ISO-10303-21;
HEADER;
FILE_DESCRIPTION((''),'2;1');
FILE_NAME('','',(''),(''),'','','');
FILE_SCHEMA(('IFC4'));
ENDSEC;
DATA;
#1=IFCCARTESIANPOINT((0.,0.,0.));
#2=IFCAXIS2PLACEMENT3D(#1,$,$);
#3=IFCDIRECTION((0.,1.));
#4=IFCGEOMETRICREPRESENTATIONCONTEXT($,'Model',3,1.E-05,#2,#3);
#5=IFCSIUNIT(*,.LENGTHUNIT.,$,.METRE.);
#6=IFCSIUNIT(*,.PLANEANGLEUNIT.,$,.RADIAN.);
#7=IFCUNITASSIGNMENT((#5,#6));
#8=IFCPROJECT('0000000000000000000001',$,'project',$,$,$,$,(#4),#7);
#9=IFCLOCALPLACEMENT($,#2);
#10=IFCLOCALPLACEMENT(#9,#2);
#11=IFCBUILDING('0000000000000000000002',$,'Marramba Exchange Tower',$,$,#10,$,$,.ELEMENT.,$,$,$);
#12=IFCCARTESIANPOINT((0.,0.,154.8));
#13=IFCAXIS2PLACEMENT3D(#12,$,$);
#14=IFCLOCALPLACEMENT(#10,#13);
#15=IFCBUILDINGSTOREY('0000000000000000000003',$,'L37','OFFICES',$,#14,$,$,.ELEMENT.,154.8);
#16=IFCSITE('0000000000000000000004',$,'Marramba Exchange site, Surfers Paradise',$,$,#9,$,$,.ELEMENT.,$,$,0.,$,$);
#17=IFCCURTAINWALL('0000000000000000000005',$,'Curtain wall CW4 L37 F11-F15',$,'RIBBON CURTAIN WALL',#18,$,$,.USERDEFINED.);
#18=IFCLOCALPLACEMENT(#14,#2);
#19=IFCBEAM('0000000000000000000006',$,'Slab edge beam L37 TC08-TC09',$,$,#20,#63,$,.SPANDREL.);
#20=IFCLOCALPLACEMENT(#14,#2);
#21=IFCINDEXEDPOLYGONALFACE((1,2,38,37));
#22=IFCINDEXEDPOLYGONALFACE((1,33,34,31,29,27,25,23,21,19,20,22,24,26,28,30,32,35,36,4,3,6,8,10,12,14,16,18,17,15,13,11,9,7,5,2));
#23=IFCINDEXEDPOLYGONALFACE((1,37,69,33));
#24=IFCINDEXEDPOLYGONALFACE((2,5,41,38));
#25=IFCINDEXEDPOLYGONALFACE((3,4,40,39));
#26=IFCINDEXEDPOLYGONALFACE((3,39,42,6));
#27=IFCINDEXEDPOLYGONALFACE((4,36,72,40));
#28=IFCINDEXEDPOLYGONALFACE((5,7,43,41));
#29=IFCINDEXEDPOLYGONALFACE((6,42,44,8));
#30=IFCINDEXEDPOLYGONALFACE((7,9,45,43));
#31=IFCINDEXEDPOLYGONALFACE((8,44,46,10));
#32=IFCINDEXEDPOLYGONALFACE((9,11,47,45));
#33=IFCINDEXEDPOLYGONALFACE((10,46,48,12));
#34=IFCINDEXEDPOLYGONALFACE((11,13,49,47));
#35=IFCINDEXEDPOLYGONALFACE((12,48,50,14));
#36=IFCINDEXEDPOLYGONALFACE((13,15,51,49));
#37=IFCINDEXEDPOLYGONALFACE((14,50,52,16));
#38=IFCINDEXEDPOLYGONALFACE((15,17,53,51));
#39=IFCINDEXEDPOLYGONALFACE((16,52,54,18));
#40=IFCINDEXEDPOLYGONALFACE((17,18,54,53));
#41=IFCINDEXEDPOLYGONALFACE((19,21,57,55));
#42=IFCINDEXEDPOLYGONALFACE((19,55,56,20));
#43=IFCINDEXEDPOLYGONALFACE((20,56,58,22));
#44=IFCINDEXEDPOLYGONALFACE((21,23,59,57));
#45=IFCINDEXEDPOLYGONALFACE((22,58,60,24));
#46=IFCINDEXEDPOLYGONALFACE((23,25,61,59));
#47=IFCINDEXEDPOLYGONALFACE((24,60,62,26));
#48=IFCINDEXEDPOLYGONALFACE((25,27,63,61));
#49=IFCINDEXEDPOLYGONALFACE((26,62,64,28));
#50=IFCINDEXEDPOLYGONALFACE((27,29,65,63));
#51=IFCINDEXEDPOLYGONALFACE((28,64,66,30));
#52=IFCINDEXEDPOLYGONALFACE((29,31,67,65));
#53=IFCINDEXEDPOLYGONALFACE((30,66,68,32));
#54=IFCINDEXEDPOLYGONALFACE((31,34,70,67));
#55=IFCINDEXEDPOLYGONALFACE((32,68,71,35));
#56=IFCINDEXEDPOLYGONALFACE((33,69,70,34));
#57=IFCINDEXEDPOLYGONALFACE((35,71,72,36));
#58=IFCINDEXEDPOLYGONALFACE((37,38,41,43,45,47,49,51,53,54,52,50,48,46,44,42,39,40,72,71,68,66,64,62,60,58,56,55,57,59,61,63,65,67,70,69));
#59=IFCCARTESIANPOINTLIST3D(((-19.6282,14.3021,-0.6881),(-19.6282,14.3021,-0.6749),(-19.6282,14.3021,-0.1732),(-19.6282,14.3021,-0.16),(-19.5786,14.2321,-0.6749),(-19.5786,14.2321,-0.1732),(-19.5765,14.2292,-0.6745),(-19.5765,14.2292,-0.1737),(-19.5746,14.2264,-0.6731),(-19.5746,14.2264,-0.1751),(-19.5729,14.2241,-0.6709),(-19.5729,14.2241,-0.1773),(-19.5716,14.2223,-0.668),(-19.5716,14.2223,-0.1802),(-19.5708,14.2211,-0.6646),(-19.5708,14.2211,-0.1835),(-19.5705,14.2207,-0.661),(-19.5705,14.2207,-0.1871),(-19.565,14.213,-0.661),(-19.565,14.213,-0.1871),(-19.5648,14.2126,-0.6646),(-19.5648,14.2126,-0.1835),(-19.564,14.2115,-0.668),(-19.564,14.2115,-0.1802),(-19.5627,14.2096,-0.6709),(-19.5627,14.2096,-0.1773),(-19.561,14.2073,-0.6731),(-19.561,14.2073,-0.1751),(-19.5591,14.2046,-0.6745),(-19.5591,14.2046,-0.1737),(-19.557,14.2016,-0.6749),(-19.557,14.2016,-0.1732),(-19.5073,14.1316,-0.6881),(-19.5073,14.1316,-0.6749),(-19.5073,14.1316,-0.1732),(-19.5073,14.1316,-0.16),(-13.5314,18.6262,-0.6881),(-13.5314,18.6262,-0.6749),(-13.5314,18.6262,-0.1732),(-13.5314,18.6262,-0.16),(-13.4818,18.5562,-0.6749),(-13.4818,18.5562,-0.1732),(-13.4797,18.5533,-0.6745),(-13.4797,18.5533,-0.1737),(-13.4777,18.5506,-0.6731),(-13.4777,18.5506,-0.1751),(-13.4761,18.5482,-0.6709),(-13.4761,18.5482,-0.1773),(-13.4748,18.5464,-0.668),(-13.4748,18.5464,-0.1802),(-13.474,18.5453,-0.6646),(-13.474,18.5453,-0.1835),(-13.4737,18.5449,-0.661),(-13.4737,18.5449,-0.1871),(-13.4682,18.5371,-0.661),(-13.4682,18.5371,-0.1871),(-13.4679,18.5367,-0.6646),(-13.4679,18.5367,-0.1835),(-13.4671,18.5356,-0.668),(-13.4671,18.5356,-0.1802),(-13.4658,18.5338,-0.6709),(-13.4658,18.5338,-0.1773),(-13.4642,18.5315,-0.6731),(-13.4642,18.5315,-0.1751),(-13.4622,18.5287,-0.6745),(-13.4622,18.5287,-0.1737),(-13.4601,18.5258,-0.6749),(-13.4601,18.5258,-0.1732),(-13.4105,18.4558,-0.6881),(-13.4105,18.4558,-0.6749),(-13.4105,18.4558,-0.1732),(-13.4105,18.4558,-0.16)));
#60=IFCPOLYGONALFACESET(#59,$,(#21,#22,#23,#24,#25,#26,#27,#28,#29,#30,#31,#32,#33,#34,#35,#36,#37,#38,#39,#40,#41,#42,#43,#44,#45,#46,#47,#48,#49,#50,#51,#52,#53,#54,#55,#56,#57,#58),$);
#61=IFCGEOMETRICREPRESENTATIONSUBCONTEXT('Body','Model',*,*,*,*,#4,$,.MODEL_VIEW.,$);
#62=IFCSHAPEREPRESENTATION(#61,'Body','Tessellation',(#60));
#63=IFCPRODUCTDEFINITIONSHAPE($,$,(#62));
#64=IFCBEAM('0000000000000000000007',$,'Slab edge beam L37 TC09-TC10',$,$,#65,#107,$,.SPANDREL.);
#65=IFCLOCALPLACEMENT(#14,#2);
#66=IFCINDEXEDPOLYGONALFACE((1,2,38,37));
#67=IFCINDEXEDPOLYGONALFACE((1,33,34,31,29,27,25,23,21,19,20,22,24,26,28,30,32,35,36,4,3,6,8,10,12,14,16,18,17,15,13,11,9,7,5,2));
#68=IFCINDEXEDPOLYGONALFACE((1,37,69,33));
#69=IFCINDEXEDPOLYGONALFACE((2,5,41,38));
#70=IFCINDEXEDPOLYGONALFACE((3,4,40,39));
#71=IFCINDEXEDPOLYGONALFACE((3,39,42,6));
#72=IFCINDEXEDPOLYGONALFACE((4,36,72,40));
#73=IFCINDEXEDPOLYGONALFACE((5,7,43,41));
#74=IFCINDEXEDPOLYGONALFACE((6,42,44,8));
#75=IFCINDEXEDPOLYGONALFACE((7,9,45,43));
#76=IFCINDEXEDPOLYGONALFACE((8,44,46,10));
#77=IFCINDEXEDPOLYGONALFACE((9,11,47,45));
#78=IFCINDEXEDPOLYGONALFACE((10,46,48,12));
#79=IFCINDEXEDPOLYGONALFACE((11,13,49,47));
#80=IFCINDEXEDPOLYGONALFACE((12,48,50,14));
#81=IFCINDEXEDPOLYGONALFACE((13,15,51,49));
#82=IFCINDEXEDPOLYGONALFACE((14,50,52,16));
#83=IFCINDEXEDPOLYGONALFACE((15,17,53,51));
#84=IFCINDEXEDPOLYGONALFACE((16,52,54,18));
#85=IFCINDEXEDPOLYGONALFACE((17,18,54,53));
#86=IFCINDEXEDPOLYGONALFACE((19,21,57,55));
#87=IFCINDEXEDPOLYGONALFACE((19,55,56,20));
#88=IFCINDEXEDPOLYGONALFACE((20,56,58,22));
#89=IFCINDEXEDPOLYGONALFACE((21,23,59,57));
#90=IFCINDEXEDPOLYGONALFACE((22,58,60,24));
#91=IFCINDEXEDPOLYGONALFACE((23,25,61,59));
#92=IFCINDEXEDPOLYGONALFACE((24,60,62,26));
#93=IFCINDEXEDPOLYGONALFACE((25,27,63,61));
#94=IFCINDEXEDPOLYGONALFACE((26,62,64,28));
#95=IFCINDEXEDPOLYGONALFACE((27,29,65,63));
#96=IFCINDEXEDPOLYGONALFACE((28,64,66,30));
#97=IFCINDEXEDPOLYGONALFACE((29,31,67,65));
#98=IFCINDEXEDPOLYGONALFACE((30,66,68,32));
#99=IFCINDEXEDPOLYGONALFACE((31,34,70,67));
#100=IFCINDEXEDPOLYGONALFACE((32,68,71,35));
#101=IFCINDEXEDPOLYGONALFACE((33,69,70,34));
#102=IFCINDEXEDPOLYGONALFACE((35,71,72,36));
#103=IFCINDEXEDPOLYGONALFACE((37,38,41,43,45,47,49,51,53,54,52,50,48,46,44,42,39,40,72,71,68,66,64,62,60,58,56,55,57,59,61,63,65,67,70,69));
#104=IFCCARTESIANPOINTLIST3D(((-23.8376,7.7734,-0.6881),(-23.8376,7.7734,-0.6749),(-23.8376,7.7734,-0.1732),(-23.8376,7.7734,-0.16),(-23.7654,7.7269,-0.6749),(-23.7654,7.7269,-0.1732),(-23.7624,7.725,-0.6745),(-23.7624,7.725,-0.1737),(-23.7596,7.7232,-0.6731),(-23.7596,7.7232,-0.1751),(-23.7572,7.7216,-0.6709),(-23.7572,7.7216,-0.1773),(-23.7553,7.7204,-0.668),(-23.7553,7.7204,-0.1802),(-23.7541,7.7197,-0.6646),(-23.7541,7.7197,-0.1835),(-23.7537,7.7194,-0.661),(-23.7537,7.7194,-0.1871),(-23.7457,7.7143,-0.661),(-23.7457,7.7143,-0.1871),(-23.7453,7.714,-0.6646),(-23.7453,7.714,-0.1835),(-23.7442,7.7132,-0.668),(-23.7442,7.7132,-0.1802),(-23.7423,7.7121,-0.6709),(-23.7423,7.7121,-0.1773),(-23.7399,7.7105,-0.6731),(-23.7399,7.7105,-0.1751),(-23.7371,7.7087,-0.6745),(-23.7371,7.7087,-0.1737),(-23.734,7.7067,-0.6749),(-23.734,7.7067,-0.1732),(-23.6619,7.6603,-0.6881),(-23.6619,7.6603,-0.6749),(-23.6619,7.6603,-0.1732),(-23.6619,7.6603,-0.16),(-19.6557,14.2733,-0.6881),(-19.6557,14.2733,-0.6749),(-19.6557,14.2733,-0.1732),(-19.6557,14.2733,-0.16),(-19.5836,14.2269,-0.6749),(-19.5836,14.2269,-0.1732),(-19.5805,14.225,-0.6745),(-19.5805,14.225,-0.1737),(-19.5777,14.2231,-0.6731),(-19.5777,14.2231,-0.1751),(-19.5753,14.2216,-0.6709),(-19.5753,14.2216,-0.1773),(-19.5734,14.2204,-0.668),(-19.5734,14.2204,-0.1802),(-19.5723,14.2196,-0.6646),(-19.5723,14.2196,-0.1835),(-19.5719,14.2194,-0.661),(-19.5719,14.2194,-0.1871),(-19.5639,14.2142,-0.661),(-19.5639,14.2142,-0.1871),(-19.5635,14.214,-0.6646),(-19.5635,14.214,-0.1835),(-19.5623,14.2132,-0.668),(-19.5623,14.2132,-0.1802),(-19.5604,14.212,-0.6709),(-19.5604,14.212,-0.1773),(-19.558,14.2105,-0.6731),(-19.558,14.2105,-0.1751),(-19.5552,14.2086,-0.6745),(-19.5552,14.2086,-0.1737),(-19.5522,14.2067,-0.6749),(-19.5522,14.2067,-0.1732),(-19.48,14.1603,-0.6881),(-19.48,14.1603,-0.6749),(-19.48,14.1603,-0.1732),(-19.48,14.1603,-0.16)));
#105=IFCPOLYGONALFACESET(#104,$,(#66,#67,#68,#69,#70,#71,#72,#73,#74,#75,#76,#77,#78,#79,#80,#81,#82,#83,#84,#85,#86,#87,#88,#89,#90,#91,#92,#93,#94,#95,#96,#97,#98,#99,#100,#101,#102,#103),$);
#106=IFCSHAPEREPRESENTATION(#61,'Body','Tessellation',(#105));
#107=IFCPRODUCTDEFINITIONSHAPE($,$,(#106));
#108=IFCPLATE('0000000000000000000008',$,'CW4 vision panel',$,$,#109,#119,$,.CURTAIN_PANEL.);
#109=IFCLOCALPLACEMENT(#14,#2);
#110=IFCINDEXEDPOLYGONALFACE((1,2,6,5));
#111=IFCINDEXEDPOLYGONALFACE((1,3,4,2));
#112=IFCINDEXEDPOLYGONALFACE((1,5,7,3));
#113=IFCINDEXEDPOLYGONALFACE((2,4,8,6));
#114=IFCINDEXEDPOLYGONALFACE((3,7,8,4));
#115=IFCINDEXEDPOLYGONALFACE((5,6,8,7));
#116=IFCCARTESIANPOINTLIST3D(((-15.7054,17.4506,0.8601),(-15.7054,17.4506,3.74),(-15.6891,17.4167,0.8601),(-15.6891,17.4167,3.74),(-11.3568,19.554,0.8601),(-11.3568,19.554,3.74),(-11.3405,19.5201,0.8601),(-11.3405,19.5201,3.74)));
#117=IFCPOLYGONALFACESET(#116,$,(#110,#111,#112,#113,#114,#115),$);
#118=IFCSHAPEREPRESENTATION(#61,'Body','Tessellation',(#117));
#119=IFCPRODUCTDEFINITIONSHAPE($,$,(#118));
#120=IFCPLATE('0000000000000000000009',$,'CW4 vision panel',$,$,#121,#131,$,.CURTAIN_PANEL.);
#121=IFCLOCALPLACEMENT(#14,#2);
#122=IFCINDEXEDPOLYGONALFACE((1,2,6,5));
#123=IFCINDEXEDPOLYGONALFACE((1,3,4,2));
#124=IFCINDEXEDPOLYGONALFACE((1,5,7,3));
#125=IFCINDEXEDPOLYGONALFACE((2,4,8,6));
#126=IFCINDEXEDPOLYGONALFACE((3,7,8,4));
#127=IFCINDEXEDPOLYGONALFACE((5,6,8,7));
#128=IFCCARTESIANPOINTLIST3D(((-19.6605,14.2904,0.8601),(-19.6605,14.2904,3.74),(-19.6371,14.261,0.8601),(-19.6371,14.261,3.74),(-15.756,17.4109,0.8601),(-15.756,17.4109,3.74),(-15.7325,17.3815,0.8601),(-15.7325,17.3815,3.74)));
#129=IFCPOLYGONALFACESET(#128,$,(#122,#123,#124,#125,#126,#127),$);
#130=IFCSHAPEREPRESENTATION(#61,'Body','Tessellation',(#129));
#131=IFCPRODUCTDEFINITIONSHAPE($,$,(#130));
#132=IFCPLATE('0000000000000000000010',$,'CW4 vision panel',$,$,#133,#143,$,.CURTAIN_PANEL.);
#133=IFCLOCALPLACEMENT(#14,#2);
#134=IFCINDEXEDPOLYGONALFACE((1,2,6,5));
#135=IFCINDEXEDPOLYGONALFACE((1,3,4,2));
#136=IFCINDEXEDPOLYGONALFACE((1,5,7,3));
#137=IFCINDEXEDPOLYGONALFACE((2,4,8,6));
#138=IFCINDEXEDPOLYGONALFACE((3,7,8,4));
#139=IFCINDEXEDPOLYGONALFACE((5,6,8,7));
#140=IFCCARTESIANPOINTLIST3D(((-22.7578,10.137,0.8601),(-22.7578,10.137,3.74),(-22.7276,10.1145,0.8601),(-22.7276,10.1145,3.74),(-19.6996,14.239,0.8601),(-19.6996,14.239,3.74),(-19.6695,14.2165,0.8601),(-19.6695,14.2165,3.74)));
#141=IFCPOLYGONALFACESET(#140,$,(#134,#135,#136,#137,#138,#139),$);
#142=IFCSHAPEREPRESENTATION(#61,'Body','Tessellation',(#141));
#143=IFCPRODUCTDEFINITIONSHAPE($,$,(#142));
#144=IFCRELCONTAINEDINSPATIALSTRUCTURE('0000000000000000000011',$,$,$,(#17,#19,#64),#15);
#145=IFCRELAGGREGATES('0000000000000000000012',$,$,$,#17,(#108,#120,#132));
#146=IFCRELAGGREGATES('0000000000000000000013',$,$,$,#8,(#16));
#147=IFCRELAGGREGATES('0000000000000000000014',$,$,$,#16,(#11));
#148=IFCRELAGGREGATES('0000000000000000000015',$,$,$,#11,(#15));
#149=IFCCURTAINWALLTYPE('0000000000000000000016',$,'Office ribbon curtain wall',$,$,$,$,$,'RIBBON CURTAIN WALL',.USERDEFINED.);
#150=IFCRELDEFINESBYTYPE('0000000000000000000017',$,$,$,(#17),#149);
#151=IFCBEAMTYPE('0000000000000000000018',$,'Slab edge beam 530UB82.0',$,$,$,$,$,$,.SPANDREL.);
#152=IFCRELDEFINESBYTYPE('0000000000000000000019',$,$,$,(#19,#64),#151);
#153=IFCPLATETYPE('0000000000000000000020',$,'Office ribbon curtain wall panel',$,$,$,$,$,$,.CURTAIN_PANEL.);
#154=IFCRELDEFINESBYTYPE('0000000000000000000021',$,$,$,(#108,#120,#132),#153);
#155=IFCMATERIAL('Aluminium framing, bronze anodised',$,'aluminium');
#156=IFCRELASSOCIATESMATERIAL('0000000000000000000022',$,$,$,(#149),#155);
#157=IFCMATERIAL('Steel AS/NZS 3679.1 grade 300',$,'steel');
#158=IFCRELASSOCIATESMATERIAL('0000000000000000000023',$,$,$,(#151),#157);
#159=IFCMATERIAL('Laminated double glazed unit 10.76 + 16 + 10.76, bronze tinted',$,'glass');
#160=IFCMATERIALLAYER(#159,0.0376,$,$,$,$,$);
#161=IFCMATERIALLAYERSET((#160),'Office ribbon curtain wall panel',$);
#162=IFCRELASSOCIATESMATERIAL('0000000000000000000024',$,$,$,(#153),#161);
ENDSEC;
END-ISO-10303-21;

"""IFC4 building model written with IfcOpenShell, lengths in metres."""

from ifc_helpers import new_model, si_unit, direction, frame, origin, origin_2d, place, context, subcontext, project, spatial, rectangle, i_section, extrude, material, layer, layer_set, material_profile, profile_set, type_object, element, aggregate, save


model = new_model("IFC4")

# Units and contexts
model_context = context("Model", 3, precision=1e-05, world=origin(), true_north=direction((0.0, 1.0)))
body_context = subcontext(model_context, "Body", "Model", "MODEL_VIEW")
ifc_project = project(units=[si_unit("LENGTHUNIT", "METRE"), si_unit("PLANEANGLEUNIT", "RADIAN")], contexts=[model_context])

# Site, building, storey
site_placement = place(None, origin())
site = spatial("IfcSite", under=ifc_project, at=site_placement, Name="Marramba Exchange site, Surfers Paradise", CompositionType="ELEMENT", RefElevation=0.0)
building_placement = place(site_placement, origin())
building = spatial("IfcBuilding", under=site, at=building_placement, Name="Marramba Exchange Tower", CompositionType="ELEMENT")
storey_placement = place(building_placement, frame((0.0, 0.0, 154.8)))
storey = spatial("IfcBuildingStorey", under=building, at=storey_placement, Name="L37", Description="OFFICES", CompositionType="ELEMENT", Elevation=154.8)

# Shared definitions
ifc_material_1 = material(Name="Steel AS/NZS 3679.1 grade 300", Category="steel")

# Curtain wall
ifc_material_2 = material(Name="Aluminium framing, bronze anodised", Category="aluminium")
curtain_wall_type = type_object("IfcCurtainWallType", Name="Office ribbon curtain wall", ElementType="RIBBON CURTAIN WALL", PredefinedType="USERDEFINED", material=ifc_material_2)
curtain_wall_placement = place(storey_placement, origin())
curtain_wall = element("IfcCurtainWall", 1, at=curtain_wall_placement, inside=storey, type_object=curtain_wall_type, Name="Curtain wall CW4 L37 F11-F15", ObjectType="RIBBON CURTAIN WALL", PredefinedType="USERDEFINED")

# Beams
ifc_material_profile_1 = material_profile(ifc_material_1, i_section(OverallWidth=0.209, OverallDepth=0.5281, WebThickness=0.0095, FlangeThickness=0.0132, FilletRadius=0.0139, at=origin_2d()), Name="530UB82.0")
ifc_profile_set_1 = profile_set([ifc_material_profile_1], Name="Steel AS/NZS 3679.1 grade 300")
beam_type_1 = type_object("IfcBeamType", Name="Slab edge beam 530UB82.0", PredefinedType="SPANDREL", material=ifc_profile_set_1)
beam_1_placement = place(storey_placement, frame((-13.4709, 18.541, -0.4241), z_axis=(-0.815673, -0.578513, 0.0), x_axis=(0.578513, -0.815673, 0.0)))
element("IfcBeam", 2, at=beam_1_placement, inside=storey, type_object=beam_type_1, Name="Slab edge beam L37 TC08-TC09", PredefinedType="SPANDREL", context=body_context, shape_type="SweptSolid", body=[
    extrude(i_section(OverallWidth=0.209, OverallDepth=0.5281, WebThickness=0.0095, FlangeThickness=0.0132, FilletRadius=0.0139, at=origin_2d()), origin(), (0.0, 0.0, 1.0), 7.4746),
])
beam_2_placement = place(storey_placement, frame((-19.5679, 14.2168, -0.4241), z_axis=(-0.541061, -0.840983, 0.0), x_axis=(0.840983, -0.541061, 0.0)))
element("IfcBeam", 3, at=beam_2_placement, inside=storey, type_object=beam_type_1, Name="Slab edge beam L37 TC09-TC10", PredefinedType="SPANDREL", context=body_context, shape_type="SweptSolid", body=[
    extrude(i_section(OverallWidth=0.209, OverallDepth=0.5281, WebThickness=0.0095, FlangeThickness=0.0132, FilletRadius=0.0139, at=origin_2d()), origin(), (0.0, 0.0, 1.0), 7.729),
])

# Plates
ifc_material_3 = material(Name="Laminated double glazed unit 10.76 + 16 + 10.76, bronze tinted", Category="glass")
ifc_layer_1 = layer(ifc_material_3, 0.0376)
ifc_layer_set_1 = layer_set([ifc_layer_1], Name="Office ribbon curtain wall panel")
plate_type = type_object("IfcPlateType", Name="Office ribbon curtain wall panel", PredefinedType="CURTAIN_PANEL", material=ifc_layer_set_1)
plate_1_placement = place(storey_placement, frame((-13.5229, 18.4854, 0.8601), z_axis=(0.0, 0.0, 1.0), x_axis=(-0.900224, -0.435428, 0.0)))
plate_1 = element("IfcPlate", 4, at=plate_1_placement, type_object=plate_type, Name="CW4 vision panel", PredefinedType="CURTAIN_PANEL", context=body_context, shape_type="SweptSolid", body=[
    extrude(rectangle(XDim=4.8306, YDim=0.0376, at=origin_2d()), origin(), (0.0, 0.0, 1.0), 2.8799),
])
plate_2_placement = place(storey_placement, frame((-17.6965, 15.8359, 0.8601), z_axis=(0.0, 0.0, 1.0), x_axis=(-0.781178, -0.624308, 0.0)))
plate_2 = element("IfcPlate", 5, at=plate_2_placement, type_object=plate_type, Name="CW4 vision panel", PredefinedType="CURTAIN_PANEL", context=body_context, shape_type="SweptSolid", body=[
    extrude(rectangle(XDim=4.9983, YDim=0.0376, at=origin_2d()), origin(), (0.0, 0.0, 1.0), 2.8799),
])
plate_3_placement = place(storey_placement, frame((-21.2136, 12.1768, 0.8601), z_axis=(0.0, 0.0, 1.0), x_axis=(-0.597704, -0.801717, 0.0)))
plate_3 = element("IfcPlate", 6, at=plate_3_placement, type_object=plate_type, Name="CW4 vision panel", PredefinedType="CURTAIN_PANEL", context=body_context, shape_type="SweptSolid", body=[
    extrude(rectangle(XDim=5.1165, YDim=0.0376, at=origin_2d()), origin(), (0.0, 0.0, 1.0), 2.8799),
])
aggregate(curtain_wall, [plate_1, plate_2, plate_3])

save(model, "model.ifc")
